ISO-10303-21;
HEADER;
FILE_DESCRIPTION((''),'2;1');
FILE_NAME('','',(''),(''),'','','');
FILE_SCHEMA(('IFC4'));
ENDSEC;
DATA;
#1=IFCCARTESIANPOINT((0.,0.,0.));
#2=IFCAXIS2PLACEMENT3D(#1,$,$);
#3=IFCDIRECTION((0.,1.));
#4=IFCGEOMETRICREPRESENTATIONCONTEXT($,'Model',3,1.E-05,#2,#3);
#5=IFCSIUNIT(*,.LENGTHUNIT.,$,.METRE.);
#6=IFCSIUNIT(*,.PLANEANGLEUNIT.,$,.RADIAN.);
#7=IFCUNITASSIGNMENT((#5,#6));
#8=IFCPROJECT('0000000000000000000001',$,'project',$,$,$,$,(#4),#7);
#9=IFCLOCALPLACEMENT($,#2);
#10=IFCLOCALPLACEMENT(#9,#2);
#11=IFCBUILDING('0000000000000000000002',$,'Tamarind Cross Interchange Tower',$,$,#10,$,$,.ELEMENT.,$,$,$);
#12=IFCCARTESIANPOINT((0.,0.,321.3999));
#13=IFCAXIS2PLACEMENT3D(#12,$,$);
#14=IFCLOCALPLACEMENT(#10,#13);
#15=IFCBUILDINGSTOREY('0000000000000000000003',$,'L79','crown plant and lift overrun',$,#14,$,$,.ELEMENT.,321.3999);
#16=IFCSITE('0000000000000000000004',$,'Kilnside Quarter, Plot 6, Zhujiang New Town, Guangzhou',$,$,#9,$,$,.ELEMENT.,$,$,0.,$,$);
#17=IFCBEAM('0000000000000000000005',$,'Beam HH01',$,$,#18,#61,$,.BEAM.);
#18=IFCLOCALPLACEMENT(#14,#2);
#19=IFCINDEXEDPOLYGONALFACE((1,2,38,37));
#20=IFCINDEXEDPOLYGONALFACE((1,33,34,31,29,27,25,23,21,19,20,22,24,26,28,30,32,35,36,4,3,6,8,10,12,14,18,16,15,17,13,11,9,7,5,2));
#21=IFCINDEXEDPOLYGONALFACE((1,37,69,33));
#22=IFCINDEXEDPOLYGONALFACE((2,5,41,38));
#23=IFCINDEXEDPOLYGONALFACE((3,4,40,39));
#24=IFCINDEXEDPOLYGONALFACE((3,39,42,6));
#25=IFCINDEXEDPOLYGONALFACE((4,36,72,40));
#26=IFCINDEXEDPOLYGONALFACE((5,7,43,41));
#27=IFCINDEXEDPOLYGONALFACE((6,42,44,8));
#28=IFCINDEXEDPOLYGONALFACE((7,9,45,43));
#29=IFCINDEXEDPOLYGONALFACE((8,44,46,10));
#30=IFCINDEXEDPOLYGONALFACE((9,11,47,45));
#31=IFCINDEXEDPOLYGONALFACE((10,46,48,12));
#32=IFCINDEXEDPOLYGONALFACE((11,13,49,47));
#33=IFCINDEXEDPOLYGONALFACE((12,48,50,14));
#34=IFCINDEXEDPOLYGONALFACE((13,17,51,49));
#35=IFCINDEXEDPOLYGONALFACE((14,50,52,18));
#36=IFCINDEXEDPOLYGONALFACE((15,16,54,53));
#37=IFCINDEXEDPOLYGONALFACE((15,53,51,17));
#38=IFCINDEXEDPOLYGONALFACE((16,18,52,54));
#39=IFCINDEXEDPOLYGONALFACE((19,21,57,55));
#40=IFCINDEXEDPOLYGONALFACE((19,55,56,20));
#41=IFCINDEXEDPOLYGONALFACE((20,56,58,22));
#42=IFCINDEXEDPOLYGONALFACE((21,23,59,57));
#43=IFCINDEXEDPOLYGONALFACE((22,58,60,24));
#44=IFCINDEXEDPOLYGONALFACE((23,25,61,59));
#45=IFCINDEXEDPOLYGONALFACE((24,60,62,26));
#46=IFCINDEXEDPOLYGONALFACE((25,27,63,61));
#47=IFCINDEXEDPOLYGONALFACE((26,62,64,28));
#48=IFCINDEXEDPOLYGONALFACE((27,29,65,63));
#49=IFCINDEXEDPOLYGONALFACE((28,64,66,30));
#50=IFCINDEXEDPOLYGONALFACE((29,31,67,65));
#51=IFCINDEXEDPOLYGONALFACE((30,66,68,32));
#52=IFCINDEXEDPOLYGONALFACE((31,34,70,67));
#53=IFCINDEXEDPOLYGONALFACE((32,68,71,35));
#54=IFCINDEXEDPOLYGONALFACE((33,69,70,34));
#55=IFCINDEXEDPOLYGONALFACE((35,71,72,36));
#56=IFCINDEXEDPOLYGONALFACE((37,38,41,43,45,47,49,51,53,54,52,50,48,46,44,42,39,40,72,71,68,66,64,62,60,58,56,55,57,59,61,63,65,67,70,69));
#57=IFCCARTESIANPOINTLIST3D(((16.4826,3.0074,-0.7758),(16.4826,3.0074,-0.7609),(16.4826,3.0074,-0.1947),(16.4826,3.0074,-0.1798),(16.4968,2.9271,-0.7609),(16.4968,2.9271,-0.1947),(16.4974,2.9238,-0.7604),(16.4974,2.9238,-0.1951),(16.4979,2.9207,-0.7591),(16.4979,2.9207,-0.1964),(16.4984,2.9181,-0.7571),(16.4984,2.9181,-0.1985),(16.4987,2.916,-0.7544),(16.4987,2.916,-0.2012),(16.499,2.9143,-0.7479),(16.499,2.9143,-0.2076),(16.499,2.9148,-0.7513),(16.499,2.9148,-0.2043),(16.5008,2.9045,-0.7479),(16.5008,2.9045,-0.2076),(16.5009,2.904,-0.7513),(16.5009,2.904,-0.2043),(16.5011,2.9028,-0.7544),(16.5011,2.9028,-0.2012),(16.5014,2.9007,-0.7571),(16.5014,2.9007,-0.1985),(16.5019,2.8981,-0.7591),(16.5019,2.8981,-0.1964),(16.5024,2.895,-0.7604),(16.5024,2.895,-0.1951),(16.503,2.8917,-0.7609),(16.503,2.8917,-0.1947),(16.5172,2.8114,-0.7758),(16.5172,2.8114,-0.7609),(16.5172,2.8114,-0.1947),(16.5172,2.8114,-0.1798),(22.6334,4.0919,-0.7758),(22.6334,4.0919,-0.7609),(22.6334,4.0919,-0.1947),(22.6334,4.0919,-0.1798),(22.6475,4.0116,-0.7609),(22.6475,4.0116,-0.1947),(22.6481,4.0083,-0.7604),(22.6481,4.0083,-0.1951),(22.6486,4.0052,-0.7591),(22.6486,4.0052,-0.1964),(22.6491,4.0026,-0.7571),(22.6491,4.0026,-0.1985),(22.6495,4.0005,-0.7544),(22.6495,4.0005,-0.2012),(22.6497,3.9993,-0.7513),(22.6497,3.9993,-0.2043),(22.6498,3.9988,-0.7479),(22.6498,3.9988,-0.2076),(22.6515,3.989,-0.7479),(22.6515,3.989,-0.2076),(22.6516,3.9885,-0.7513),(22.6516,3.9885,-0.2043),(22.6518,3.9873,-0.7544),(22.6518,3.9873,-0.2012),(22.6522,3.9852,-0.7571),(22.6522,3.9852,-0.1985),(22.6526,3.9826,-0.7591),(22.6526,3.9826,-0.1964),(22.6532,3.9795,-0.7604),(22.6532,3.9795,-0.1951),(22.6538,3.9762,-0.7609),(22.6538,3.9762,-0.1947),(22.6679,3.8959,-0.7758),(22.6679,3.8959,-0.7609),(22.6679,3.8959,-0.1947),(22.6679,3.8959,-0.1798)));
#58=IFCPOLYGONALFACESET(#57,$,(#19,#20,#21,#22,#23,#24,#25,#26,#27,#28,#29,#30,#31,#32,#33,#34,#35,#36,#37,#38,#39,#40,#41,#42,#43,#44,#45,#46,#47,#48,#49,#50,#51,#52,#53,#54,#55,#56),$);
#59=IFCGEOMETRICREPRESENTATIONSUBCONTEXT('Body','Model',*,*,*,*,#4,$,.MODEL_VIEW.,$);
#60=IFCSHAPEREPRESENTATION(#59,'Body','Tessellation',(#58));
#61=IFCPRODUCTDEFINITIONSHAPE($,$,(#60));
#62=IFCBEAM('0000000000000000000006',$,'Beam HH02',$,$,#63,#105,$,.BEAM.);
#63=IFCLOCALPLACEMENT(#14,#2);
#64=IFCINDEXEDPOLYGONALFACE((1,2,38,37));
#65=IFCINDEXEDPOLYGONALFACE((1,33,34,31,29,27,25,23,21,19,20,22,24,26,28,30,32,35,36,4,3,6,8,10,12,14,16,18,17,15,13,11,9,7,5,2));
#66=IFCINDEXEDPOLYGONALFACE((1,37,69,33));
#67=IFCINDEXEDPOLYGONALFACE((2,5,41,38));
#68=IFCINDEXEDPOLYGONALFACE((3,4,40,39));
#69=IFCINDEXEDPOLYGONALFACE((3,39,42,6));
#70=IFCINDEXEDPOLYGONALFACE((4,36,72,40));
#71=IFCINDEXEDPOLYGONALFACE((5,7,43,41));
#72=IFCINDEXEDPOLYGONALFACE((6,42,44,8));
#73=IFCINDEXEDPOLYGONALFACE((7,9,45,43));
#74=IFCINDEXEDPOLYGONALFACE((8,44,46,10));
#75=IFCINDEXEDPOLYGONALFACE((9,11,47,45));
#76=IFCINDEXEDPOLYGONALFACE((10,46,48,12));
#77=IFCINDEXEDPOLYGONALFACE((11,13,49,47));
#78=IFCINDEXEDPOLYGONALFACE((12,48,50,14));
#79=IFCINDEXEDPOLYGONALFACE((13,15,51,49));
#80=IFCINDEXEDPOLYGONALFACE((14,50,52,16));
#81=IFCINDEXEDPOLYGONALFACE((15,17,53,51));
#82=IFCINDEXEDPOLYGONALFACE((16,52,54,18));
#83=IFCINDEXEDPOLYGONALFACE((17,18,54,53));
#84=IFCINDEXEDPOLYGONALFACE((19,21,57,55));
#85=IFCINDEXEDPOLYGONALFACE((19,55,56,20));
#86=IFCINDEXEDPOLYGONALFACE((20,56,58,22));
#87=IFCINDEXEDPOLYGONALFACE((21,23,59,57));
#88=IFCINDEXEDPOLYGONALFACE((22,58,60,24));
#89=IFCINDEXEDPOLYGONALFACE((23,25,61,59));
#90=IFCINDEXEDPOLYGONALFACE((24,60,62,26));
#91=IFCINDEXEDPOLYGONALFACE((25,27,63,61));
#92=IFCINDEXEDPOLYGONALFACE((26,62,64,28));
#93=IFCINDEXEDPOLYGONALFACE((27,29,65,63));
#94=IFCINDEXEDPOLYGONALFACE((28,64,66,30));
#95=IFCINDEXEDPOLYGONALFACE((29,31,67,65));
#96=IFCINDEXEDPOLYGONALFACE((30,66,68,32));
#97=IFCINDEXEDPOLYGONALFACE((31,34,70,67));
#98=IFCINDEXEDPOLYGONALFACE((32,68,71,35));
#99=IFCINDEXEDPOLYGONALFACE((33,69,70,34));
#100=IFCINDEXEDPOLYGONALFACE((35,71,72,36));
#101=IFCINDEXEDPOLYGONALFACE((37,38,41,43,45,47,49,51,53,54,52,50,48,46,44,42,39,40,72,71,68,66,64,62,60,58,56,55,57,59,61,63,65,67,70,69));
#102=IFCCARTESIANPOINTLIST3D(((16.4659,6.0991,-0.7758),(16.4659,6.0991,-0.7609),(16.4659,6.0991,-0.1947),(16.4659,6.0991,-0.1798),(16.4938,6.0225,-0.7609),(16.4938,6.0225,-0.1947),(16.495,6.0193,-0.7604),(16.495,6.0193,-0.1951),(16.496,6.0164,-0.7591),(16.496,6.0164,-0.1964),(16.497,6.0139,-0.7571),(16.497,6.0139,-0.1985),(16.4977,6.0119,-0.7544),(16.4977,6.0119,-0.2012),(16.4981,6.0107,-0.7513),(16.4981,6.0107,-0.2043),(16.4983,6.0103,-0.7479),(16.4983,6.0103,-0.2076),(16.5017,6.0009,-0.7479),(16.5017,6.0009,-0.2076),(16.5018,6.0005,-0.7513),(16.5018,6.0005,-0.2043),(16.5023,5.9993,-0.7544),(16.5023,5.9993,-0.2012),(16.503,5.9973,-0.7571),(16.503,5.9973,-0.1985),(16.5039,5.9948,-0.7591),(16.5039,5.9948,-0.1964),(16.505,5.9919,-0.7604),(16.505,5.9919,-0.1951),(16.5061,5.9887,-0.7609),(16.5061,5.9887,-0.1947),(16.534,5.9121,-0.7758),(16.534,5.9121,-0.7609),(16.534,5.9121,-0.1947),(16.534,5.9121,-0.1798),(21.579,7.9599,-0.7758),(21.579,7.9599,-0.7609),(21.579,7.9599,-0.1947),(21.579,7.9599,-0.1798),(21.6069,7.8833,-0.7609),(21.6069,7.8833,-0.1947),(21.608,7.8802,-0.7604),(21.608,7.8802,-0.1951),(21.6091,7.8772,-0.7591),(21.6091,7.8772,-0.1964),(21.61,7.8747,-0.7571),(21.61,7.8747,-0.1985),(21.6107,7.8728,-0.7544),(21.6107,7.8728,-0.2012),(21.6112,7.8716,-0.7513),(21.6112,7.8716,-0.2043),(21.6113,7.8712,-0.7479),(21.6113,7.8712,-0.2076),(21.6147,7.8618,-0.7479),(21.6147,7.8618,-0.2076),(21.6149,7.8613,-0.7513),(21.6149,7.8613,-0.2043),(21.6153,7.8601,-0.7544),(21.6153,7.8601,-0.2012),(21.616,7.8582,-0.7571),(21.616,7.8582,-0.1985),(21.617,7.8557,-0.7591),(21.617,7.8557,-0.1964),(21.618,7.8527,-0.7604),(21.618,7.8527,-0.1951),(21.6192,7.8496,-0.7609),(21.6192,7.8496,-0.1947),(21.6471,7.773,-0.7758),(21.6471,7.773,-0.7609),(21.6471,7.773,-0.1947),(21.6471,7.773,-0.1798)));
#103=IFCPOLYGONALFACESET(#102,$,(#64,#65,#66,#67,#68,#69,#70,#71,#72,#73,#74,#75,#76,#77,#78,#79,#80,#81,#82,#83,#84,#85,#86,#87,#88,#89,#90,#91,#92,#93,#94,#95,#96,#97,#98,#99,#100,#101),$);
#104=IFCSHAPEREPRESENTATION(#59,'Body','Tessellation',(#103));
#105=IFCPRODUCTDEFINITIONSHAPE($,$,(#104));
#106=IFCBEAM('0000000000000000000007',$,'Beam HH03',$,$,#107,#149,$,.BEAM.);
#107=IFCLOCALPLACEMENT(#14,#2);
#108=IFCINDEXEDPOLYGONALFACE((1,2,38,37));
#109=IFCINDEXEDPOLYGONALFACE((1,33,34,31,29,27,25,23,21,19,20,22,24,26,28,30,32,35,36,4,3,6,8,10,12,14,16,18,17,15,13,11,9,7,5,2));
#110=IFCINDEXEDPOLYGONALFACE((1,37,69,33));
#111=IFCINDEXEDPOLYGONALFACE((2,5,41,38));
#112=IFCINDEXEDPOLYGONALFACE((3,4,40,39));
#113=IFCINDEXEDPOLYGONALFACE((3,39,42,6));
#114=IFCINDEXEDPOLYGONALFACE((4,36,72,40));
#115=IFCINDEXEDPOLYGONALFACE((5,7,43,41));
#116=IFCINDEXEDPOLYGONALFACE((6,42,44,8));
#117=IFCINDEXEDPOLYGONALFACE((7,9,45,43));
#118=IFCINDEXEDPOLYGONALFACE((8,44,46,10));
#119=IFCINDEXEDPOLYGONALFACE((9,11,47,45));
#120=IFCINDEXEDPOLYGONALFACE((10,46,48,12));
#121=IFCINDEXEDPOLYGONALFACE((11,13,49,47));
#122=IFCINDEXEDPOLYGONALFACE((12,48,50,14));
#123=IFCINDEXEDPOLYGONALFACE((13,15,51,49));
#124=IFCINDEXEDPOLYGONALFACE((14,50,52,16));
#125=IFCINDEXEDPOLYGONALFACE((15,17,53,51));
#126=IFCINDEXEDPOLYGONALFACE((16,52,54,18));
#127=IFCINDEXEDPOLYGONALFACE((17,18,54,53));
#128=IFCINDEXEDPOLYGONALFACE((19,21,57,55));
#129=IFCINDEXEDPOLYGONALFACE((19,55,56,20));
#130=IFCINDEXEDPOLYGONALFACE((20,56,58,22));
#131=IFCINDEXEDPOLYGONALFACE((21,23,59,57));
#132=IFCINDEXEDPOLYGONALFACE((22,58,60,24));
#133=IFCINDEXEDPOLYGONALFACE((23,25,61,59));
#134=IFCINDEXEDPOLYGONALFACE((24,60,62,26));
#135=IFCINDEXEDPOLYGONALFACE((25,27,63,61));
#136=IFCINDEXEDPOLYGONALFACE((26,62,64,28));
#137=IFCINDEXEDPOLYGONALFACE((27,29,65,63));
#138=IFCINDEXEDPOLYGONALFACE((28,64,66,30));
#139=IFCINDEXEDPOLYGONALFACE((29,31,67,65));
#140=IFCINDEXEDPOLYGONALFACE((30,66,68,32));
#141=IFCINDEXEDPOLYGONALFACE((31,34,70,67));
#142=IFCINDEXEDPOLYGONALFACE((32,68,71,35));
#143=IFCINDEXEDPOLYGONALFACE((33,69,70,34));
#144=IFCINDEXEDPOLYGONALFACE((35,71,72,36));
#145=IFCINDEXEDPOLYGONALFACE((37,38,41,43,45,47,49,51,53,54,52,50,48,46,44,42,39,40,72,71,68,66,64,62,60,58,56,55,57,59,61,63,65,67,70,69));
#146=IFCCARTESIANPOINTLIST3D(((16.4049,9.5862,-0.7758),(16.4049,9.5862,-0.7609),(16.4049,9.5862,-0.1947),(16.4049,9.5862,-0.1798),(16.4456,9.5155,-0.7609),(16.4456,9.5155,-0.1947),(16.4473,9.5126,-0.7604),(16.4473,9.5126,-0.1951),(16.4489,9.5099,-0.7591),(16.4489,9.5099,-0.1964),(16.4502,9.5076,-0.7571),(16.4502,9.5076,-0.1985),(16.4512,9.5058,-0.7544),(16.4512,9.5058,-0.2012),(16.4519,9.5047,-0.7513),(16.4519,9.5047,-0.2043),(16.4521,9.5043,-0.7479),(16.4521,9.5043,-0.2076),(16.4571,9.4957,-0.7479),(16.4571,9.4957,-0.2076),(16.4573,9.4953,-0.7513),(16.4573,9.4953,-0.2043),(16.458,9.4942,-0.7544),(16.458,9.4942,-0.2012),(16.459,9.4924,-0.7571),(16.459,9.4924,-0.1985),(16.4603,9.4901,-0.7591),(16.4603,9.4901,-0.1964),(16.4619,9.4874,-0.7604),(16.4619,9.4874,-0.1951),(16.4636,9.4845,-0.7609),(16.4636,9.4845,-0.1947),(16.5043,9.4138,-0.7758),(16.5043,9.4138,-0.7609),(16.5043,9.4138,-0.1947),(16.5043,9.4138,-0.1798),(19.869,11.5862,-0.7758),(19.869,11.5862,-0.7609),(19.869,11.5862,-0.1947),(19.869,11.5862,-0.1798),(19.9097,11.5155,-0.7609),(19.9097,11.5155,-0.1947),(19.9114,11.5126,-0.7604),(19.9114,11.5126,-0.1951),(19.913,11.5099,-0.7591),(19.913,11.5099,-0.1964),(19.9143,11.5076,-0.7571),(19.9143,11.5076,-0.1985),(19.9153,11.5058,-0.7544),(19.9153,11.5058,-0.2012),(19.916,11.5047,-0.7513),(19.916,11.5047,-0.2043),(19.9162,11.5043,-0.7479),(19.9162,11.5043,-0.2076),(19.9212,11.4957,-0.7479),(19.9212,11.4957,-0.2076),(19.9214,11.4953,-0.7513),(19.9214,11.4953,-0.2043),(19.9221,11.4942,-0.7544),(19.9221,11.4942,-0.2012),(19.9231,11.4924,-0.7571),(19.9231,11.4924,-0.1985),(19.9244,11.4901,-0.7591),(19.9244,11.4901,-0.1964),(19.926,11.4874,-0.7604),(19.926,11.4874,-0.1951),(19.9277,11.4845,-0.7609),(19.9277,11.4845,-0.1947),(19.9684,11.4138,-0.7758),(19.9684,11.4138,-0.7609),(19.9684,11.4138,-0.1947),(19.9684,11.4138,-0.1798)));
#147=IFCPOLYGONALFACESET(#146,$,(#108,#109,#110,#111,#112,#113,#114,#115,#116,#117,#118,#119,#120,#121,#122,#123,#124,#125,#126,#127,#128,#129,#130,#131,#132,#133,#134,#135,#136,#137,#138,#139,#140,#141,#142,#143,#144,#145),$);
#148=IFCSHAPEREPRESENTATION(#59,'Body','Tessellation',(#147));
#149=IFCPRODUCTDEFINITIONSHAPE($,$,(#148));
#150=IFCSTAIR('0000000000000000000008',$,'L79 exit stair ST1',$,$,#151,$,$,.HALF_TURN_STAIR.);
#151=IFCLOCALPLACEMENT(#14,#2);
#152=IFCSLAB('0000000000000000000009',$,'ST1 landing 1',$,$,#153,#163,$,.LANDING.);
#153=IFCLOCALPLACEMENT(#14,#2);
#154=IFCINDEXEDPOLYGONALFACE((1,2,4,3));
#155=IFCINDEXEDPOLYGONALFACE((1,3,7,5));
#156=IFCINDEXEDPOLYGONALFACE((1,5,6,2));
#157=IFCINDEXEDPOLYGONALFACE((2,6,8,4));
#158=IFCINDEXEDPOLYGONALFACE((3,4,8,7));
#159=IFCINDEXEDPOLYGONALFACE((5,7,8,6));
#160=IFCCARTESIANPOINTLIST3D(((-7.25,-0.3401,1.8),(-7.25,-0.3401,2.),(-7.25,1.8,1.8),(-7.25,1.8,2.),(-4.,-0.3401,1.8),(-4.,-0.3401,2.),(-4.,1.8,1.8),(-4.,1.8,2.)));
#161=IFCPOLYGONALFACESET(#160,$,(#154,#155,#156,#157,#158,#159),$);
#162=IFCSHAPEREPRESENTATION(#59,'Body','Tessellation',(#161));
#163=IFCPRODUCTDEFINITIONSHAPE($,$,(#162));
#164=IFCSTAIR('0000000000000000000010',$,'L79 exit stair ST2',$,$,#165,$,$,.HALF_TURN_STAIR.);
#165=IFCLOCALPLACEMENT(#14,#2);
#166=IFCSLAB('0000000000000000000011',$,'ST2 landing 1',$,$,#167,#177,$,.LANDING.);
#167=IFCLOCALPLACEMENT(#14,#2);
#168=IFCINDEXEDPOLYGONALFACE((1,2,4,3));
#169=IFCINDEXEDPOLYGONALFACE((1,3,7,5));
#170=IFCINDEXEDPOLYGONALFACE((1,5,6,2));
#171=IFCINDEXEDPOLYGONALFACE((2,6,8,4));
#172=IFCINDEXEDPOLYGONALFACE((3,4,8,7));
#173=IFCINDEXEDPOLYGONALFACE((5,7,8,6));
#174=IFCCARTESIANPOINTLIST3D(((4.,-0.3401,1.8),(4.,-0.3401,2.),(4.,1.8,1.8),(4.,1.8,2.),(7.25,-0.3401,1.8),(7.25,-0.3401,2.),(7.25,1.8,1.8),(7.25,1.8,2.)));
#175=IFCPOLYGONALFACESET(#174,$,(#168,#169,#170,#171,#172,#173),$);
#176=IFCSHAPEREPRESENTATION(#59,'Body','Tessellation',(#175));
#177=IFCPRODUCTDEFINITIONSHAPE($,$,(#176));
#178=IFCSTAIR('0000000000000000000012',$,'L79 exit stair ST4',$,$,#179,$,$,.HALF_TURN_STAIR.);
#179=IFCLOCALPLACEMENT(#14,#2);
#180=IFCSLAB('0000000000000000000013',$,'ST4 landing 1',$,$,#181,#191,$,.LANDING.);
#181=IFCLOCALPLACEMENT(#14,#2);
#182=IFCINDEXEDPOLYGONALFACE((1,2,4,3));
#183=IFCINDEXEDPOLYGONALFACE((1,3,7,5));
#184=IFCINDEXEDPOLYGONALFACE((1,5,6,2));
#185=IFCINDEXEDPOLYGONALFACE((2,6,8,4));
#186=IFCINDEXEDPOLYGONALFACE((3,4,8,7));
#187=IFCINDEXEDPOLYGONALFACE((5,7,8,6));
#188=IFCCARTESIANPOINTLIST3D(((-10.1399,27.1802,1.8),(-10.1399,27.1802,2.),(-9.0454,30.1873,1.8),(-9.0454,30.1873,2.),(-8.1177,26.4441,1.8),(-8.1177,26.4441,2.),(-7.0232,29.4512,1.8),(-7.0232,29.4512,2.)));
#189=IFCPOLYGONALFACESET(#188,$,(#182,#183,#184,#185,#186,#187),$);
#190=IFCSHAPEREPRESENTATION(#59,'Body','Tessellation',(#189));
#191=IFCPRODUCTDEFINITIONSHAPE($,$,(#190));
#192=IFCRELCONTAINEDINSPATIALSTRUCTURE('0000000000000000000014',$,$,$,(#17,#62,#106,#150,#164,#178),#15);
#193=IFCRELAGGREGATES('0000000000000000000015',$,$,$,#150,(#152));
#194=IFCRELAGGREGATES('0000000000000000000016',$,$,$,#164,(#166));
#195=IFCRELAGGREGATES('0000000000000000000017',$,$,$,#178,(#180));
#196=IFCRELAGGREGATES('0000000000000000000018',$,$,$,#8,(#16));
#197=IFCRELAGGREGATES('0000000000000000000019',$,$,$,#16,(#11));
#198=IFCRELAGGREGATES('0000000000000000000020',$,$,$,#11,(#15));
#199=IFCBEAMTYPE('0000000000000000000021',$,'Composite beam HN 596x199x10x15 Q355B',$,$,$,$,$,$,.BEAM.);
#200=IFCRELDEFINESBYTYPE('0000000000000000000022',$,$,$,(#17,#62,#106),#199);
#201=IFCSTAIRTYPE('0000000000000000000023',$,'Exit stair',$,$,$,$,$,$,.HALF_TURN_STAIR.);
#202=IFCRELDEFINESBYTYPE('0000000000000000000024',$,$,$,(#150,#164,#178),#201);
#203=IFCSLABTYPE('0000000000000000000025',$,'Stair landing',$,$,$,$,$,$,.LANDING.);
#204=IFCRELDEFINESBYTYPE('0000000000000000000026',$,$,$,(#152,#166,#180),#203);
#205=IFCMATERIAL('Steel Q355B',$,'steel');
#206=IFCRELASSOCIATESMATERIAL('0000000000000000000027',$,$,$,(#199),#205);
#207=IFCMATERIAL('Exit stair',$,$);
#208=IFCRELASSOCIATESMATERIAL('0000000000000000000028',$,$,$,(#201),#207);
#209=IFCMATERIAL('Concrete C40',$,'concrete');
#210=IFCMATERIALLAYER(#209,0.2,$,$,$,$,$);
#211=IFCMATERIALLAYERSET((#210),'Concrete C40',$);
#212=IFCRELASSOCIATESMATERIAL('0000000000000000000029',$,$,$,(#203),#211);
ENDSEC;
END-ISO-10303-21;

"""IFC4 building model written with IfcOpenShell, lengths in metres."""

from ifc_helpers import new_model, si_unit, direction, frame, origin, origin_2d, place, context, subcontext, project, spatial, polyline, i_section, outline, extrude, material, layer, layer_set, material_profile, profile_set, type_object, element, aggregate, save


model = new_model("IFC4")

# Units and contexts
model_context = context("Model", 3, precision=1e-05, world=origin(), true_north=direction((0.0, 1.0)))
body_context = subcontext(model_context, "Body", "Model", "MODEL_VIEW")
ifc_project = project(units=[si_unit("LENGTHUNIT", "METRE"), si_unit("PLANEANGLEUNIT", "RADIAN")], contexts=[model_context])

# Site, building, storey
site_placement = place(None, origin())
site = spatial("IfcSite", under=ifc_project, at=site_placement, Name="Kilnside Quarter, Plot 6, Zhujiang New Town, Guangzhou", CompositionType="ELEMENT", RefElevation=0.0)
building_placement = place(site_placement, origin())
building = spatial("IfcBuilding", under=site, at=building_placement, Name="Tamarind Cross Interchange Tower", CompositionType="ELEMENT")
storey_placement = place(building_placement, frame((0.0, 0.0, 321.3999)))
storey = spatial("IfcBuildingStorey", under=building, at=storey_placement, Name="L79", Description="crown plant and lift overrun", CompositionType="ELEMENT", Elevation=321.3999)

# Beams
ifc_material_1 = material(Name="Steel Q355B", Category="steel")
ifc_material_profile_1 = material_profile(ifc_material_1, i_section(OverallWidth=0.199, OverallDepth=0.5959, WebThickness=0.01, FlangeThickness=0.0149, FilletRadius=0.0129, at=origin_2d()), Name="HN 596x199x10x15")
ifc_profile_set_1 = profile_set([ifc_material_profile_1], Name="Steel Q355B")
beam_type_1 = type_object("IfcBeamType", Name="Composite beam HN 596x199x10x15 Q355B", PredefinedType="BEAM", material=ifc_profile_set_1)
beam_1_placement = place(storey_placement, frame((22.6506, 3.9939, -0.4778), z_axis=(-0.984809, -0.17364, 0.0), x_axis=(0.17364, -0.984809, 0.0)))
element("IfcBeam", 1, at=beam_1_placement, inside=storey, type_object=beam_type_1, Name="Beam HH01", PredefinedType="BEAM", context=body_context, shape_type="SweptSolid", body=[
    extrude(i_section(OverallWidth=0.199, OverallDepth=0.5959, WebThickness=0.01, FlangeThickness=0.0149, FilletRadius=0.0129, at=origin_2d()), origin(), (0.0, 0.0, 1.0), 6.2456),
])
beam_2_placement = place(storey_placement, frame((21.613, 7.8665, -0.4778), z_axis=(-0.939702, -0.341995, 0.0), x_axis=(0.341995, -0.939702, 0.0)))
element("IfcBeam", 2, at=beam_2_placement, inside=storey, type_object=beam_type_1, Name="Beam HH02", PredefinedType="BEAM", context=body_context, shape_type="SweptSolid", body=[
    extrude(i_section(OverallWidth=0.199, OverallDepth=0.5959, WebThickness=0.01, FlangeThickness=0.0149, FilletRadius=0.0129, at=origin_2d()), origin(), (0.0, 0.0, 1.0), 5.4412),
])
beam_3_placement = place(storey_placement, frame((19.9187, 11.5, -0.4778), z_axis=(-0.866026, -0.499999, 0.0), x_axis=(0.499999, -0.866026, 0.0)))
element("IfcBeam", 3, at=beam_3_placement, inside=storey, type_object=beam_type_1, Name="Beam HH03", PredefinedType="BEAM", context=body_context, shape_type="SweptSolid", body=[
    extrude(i_section(OverallWidth=0.199, OverallDepth=0.5959, WebThickness=0.01, FlangeThickness=0.0149, FilletRadius=0.0129, at=origin_2d()), origin(), (0.0, 0.0, 1.0), 4.0),
])

# Stairs, slabs
ifc_material_2 = material(Name="Exit stair")
stair_type = type_object("IfcStairType", Name="Exit stair", PredefinedType="HALF_TURN_STAIR", material=ifc_material_2)
stair_1_placement = place(storey_placement, origin())
stair_1 = element("IfcStair", 4, at=stair_1_placement, inside=storey, type_object=stair_type, Name="L79 exit stair ST1", PredefinedType="HALF_TURN_STAIR")
ifc_material_3 = material(Name="Concrete C40", Category="concrete")
ifc_layer_1 = layer(ifc_material_3, 0.2)
ifc_layer_set_1 = layer_set([ifc_layer_1], Name="Concrete C40")
slab_type = type_object("IfcSlabType", Name="Stair landing", PredefinedType="LANDING", material=ifc_layer_set_1)
slab_1_placement = place(storey_placement, frame((0.0, 0.0, 1.8)))
slab_1 = element("IfcSlab", 5, at=slab_1_placement, type_object=slab_type, Name="ST1 landing 1", PredefinedType="LANDING", context=body_context, shape_type="SweptSolid", body=[
    extrude(outline(polyline([(-4.0, -0.3401), (-4.0, 1.8), (-7.25, 1.8), (-7.25, -0.3401), (-4.0, -0.3401)])), origin(), (0.0, 0.0, 1.0), 0.2),
])
aggregate(stair_1, [slab_1])
stair_2_placement = place(storey_placement, origin())
stair_2 = element("IfcStair", 6, at=stair_2_placement, inside=storey, type_object=stair_type, Name="L79 exit stair ST2", PredefinedType="HALF_TURN_STAIR")
slab_2_placement = place(storey_placement, frame((0.0, 0.0, 1.8)))
slab_2 = element("IfcSlab", 7, at=slab_2_placement, type_object=slab_type, Name="ST2 landing 1", PredefinedType="LANDING", context=body_context, shape_type="SweptSolid", body=[
    extrude(outline(polyline([(7.25, -0.3401), (7.25, 1.8), (4.0, 1.8), (4.0, -0.3401), (7.25, -0.3401)])), origin(), (0.0, 0.0, 1.0), 0.2),
])
aggregate(stair_2, [slab_2])
stair_3_placement = place(storey_placement, origin())
stair_3 = element("IfcStair", 8, at=stair_3_placement, inside=storey, type_object=stair_type, Name="L79 exit stair ST4", PredefinedType="HALF_TURN_STAIR")
slab_3_placement = place(storey_placement, frame((0.0, 0.0, 1.8)))
slab_3 = element("IfcSlab", 9, at=slab_3_placement, type_object=slab_type, Name="ST4 landing 1", PredefinedType="LANDING", context=body_context, shape_type="SweptSolid", body=[
    extrude(outline(polyline([(-7.0232, 29.4512), (-9.0454, 30.1873), (-10.1399, 27.1802), (-8.1177, 26.4441), (-7.0232, 29.4512)])), origin(), (0.0, 0.0, 1.0), 0.2),
])
aggregate(stair_3, [slab_3])

save(model, "model.ifc")
